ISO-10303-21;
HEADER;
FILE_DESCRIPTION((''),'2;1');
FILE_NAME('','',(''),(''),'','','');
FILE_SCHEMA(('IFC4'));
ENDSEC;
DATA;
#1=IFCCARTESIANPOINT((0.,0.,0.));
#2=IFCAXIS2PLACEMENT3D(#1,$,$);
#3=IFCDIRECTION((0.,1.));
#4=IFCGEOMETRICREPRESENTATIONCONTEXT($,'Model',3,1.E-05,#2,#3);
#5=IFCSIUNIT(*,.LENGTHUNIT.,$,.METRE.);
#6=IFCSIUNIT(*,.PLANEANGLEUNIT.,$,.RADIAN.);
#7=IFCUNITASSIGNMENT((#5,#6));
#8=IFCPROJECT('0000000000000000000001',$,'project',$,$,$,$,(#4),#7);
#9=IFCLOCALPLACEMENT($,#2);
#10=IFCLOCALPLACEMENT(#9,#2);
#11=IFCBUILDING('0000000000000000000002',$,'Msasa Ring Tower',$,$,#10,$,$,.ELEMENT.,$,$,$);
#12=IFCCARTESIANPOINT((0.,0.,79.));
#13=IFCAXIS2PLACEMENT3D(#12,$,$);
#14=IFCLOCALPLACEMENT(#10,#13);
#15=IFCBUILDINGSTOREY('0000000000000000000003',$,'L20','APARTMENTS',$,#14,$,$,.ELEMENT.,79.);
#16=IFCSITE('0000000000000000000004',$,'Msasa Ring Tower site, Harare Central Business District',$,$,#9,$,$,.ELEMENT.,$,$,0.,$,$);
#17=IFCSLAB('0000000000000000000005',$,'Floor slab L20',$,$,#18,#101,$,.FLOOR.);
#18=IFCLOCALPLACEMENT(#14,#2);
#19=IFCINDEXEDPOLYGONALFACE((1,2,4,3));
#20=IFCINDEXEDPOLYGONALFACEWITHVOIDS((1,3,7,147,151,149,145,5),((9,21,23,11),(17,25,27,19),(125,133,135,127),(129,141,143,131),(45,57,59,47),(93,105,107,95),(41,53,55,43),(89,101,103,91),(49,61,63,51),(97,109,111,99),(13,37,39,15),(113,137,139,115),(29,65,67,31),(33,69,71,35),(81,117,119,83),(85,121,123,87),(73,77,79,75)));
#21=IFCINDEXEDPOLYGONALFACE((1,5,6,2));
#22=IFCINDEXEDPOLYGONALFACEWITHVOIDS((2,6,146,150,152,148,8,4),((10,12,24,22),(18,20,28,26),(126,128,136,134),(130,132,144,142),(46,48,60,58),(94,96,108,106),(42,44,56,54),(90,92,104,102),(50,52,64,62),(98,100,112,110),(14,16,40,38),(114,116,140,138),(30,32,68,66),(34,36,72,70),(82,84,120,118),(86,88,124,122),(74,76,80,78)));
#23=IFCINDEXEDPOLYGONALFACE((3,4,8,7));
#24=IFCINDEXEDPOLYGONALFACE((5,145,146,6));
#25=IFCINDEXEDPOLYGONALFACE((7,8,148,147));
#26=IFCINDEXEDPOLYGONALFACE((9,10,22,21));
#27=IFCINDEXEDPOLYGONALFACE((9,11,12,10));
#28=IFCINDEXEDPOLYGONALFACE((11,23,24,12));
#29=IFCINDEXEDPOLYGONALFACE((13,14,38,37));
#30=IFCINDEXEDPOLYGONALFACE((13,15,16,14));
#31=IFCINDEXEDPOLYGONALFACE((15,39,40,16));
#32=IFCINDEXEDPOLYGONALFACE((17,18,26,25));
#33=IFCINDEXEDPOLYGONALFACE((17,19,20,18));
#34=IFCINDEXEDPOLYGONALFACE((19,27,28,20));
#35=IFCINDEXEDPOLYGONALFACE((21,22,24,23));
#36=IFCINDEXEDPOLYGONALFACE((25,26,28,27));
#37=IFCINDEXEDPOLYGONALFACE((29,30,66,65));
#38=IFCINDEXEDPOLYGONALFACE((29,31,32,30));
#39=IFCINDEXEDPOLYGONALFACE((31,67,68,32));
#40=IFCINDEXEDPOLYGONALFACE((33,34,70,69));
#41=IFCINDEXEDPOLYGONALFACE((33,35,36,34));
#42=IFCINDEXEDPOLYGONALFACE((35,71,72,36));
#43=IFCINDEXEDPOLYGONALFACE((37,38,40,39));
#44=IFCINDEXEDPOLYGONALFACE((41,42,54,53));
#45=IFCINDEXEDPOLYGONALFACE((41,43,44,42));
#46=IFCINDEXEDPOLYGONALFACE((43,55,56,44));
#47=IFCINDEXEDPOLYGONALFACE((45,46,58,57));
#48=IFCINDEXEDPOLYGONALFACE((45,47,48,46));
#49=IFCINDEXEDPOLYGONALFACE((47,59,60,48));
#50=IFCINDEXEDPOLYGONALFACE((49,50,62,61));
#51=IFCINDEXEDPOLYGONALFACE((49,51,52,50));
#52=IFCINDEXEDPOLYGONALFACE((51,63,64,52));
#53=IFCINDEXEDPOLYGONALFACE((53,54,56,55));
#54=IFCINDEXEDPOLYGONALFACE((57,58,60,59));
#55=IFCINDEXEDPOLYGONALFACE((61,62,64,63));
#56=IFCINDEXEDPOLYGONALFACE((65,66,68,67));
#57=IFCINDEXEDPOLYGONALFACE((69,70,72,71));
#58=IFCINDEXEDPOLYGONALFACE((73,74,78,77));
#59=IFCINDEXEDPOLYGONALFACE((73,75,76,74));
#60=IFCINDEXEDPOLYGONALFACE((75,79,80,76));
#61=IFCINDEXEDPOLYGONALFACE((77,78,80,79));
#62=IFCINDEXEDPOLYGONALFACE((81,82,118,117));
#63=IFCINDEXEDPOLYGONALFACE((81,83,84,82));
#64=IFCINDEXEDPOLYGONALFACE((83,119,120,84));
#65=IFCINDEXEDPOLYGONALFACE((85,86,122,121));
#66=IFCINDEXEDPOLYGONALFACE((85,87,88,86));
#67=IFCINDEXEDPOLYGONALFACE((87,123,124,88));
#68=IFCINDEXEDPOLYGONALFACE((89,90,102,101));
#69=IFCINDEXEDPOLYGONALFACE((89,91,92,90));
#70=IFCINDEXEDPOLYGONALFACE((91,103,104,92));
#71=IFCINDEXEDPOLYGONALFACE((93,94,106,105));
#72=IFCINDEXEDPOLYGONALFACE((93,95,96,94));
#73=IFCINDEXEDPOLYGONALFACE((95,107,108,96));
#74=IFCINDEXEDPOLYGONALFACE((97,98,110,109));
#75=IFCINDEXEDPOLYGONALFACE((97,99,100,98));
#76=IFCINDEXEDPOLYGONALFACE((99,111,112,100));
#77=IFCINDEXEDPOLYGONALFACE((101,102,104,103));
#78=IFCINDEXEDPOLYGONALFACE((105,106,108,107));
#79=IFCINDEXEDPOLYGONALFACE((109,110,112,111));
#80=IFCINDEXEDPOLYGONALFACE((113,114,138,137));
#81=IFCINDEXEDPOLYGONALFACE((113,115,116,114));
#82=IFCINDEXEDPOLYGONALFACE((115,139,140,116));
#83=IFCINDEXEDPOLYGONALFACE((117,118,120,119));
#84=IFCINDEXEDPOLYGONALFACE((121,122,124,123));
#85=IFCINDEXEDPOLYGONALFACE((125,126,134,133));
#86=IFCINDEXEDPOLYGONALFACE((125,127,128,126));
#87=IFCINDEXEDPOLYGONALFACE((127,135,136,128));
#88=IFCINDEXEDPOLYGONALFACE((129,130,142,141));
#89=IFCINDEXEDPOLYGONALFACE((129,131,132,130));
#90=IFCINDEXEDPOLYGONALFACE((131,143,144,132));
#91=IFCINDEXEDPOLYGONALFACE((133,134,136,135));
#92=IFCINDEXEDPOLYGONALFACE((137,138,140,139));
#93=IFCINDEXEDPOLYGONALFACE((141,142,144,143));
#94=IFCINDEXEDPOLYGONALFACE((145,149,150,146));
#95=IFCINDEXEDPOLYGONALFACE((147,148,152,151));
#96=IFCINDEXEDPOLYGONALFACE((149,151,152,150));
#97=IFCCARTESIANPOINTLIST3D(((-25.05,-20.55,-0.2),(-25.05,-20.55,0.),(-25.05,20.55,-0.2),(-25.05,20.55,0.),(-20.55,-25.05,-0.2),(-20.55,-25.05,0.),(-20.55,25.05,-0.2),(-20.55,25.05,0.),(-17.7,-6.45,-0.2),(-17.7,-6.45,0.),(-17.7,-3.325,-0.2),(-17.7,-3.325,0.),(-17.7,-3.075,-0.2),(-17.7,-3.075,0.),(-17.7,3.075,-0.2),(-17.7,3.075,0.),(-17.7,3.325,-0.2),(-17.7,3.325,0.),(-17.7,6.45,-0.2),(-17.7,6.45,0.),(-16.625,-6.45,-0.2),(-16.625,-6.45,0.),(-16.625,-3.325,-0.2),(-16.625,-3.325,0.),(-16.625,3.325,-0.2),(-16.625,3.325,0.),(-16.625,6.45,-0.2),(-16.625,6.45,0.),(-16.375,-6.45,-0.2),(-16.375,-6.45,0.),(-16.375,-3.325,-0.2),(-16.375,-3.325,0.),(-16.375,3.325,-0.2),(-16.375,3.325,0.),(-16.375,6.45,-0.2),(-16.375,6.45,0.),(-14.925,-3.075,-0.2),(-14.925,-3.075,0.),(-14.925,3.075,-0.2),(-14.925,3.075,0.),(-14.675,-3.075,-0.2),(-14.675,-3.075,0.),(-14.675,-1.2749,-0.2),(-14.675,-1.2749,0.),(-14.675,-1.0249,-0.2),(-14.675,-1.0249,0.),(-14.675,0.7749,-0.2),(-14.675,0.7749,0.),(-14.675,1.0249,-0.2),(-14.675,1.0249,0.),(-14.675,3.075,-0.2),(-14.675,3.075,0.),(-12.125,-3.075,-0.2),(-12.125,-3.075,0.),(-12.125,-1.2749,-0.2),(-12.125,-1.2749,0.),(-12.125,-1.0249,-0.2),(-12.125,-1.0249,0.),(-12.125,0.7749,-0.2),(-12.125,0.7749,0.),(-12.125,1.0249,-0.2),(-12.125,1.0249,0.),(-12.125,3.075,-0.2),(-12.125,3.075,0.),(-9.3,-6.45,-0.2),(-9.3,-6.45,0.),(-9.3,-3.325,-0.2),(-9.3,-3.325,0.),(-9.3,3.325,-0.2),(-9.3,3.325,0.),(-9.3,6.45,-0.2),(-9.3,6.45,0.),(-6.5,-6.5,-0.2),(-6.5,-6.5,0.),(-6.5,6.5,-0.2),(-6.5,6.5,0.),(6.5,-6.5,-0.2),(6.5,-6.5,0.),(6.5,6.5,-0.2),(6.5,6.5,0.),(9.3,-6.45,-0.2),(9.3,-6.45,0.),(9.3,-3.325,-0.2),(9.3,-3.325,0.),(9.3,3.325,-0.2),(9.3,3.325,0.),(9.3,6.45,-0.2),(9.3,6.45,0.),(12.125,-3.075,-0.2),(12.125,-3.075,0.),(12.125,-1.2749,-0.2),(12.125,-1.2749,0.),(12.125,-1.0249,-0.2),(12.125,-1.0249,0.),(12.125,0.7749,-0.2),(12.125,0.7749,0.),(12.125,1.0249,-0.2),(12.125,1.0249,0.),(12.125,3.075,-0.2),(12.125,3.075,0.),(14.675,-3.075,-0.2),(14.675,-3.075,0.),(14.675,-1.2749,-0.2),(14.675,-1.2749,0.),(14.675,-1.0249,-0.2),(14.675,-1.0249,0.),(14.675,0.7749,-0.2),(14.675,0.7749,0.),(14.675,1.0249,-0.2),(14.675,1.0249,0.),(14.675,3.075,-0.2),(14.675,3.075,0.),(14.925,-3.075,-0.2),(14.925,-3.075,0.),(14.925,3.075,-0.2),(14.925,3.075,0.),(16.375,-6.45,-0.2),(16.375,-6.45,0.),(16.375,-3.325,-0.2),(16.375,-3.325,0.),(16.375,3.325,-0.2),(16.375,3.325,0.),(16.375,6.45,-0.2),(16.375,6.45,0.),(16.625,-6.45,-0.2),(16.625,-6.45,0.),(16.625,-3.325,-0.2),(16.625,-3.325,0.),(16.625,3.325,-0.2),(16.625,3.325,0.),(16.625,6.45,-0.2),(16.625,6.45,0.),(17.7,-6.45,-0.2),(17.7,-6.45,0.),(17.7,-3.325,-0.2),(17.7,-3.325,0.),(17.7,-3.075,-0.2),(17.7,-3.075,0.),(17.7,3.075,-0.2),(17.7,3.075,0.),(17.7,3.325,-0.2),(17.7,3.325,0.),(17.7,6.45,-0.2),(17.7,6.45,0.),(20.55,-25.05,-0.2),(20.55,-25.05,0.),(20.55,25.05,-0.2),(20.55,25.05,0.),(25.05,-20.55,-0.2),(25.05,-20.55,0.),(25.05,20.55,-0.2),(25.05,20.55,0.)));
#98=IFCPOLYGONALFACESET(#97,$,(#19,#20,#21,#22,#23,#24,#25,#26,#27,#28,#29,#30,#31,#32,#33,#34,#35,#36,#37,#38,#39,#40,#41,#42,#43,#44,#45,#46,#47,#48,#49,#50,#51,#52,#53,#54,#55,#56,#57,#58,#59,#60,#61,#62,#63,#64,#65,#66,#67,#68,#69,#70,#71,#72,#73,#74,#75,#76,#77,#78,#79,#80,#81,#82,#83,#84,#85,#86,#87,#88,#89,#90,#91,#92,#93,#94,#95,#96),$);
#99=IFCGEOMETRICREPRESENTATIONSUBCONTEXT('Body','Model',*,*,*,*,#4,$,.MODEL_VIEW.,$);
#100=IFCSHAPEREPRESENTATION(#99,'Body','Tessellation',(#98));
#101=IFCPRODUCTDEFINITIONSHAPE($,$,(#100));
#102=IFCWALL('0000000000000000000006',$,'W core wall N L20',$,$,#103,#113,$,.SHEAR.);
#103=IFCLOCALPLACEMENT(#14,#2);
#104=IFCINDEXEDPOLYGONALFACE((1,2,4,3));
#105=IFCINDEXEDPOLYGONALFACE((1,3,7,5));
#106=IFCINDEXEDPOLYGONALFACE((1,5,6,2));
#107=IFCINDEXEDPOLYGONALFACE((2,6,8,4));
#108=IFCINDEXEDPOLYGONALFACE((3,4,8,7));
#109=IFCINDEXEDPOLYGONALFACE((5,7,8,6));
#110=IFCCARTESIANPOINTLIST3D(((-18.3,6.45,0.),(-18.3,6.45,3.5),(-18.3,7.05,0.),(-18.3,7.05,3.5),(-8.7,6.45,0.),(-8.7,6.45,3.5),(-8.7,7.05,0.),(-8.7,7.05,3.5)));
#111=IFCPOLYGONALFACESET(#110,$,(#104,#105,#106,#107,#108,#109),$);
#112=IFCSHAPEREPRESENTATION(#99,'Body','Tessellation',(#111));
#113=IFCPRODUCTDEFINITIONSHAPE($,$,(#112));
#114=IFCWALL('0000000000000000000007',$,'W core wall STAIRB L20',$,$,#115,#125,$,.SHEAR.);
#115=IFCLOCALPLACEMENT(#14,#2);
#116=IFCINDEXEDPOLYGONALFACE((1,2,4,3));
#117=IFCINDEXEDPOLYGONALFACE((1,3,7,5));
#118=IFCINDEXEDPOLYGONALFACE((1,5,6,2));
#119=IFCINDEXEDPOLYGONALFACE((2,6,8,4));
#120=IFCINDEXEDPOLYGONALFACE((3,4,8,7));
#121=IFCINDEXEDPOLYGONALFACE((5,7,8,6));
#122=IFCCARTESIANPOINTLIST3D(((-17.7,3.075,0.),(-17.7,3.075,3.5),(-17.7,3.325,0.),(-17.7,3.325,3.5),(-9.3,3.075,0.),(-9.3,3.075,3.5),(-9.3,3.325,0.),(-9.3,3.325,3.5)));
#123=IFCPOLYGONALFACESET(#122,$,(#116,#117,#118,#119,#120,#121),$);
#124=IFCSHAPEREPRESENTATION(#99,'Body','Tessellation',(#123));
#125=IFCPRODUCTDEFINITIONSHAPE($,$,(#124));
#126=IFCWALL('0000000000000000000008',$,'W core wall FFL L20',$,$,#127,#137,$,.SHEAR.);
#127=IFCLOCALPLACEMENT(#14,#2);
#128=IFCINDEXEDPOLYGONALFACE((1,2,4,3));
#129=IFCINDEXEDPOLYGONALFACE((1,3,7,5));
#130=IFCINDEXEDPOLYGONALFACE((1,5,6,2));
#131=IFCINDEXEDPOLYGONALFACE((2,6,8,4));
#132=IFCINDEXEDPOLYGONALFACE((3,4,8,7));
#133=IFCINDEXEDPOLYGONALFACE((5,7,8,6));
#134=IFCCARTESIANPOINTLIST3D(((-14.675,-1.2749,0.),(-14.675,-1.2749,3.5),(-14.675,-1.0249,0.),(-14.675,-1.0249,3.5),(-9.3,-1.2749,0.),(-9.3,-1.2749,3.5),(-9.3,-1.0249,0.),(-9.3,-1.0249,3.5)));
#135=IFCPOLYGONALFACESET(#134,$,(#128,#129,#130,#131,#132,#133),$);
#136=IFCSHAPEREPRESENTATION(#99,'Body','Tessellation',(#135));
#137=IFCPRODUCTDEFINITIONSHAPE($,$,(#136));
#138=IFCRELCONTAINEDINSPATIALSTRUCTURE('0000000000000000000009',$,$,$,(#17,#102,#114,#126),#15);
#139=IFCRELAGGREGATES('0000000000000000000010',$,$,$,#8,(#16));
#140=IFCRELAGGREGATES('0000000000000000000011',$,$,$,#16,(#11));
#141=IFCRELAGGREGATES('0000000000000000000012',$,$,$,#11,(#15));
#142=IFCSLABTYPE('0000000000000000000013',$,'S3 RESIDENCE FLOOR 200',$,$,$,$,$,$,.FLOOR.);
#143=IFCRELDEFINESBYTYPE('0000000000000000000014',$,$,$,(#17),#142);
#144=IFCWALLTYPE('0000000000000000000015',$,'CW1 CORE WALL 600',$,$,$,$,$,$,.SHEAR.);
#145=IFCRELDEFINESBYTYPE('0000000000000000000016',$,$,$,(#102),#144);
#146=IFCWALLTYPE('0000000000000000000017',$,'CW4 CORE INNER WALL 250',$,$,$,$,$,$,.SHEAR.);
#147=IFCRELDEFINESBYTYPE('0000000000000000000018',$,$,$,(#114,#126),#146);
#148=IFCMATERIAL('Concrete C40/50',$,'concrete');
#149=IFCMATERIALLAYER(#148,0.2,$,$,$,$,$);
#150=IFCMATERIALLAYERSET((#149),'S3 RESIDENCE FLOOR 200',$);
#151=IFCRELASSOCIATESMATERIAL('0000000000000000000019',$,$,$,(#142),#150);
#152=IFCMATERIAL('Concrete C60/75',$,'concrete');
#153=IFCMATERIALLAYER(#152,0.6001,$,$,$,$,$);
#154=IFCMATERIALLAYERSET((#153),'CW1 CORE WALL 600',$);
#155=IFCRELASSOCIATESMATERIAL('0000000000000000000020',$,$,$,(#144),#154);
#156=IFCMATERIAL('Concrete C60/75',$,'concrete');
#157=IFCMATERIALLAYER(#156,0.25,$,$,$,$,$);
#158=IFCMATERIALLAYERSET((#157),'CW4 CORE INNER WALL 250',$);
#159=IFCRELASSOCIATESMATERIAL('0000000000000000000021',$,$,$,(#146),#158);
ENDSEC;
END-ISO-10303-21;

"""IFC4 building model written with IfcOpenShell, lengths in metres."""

from ifc_helpers import new_model, si_unit, direction, frame, frame_2d, origin, place, context, subcontext, project, spatial, polyline, rectangle, outline, extrude, material, layer, layer_set, type_object, element, save


model = new_model("IFC4")

# Units and contexts
model_context = context("Model", 3, precision=1e-05, world=origin(), true_north=direction((0.0, 1.0)))
body_context = subcontext(model_context, "Body", "Model", "MODEL_VIEW")
ifc_project = project(units=[si_unit("LENGTHUNIT", "METRE"), si_unit("PLANEANGLEUNIT", "RADIAN")], contexts=[model_context])

# Site, building, storey
site_placement = place(None, origin())
site = spatial("IfcSite", under=ifc_project, at=site_placement, Name="Msasa Ring Tower site, Harare Central Business District", CompositionType="ELEMENT", RefElevation=0.0)
building_placement = place(site_placement, origin())
building = spatial("IfcBuilding", under=site, at=building_placement, Name="Msasa Ring Tower", CompositionType="ELEMENT")
storey_placement = place(building_placement, frame((0.0, 0.0, 79.0)))
storey = spatial("IfcBuildingStorey", under=building, at=storey_placement, Name="L20", Description="APARTMENTS", CompositionType="ELEMENT", Elevation=79.0)

# Slab
ifc_material_1 = material(Name="Concrete C40/50", Category="concrete")
ifc_layer_1 = layer(ifc_material_1, 0.2)
ifc_layer_set_1 = layer_set([ifc_layer_1], Name="S3 RESIDENCE FLOOR 200")
slab_type = type_object("IfcSlabType", Name="S3 RESIDENCE FLOOR 200", PredefinedType="FLOOR", material=ifc_layer_set_1)
slab_placement = place(storey_placement, frame((0.0, 0.0, -0.2)))
element("IfcSlab", 1, at=slab_placement, inside=storey, type_object=slab_type, Name="Floor slab L20", PredefinedType="FLOOR", context=body_context, shape_type="SweptSolid", body=[
    extrude(outline(polyline([(-20.55, -25.05), (20.55, -25.05), (25.05, -20.55), (25.05, 20.55), (20.55, 25.05), (-20.55, 25.05), (-25.05, 20.55), (-25.05, -20.55), (-20.55, -25.05)]), holes=[polyline([(-6.5, -6.5), (6.5, -6.5), (6.5, 6.5), (-6.5, 6.5), (-6.5, -6.5)]), polyline([(9.3, -6.45), (16.375, -6.45), (16.375, -3.325), (9.3, -3.325), (9.3, -6.45)]), polyline([(9.3, 3.325), (16.375, 3.325), (16.375, 6.45), (9.3, 6.45), (9.3, 3.325)]), polyline([(12.125, -3.075), (14.675, -3.075), (14.675, -1.2749), (12.125, -1.2749), (12.125, -3.075)]), polyline([(12.125, -1.0249), (14.675, -1.0249), (14.675, 0.7749), (12.125, 0.7749), (12.125, -1.0249)]), polyline([(12.125, 1.0249), (14.675, 1.0249), (14.675, 3.075), (12.125, 3.075), (12.125, 1.0249)]), polyline([(16.625, -6.45), (17.7, -6.45), (17.7, -3.325), (16.625, -3.325), (16.625, -6.45)]), polyline([(16.625, 3.325), (17.7, 3.325), (17.7, 6.45), (16.625, 6.45), (16.625, 3.325)]), polyline([(14.925, -3.075), (17.7, -3.075), (17.7, 3.075), (14.925, 3.075), (14.925, -3.075)]), polyline([(-16.375, -6.45), (-9.3, -6.45), (-9.3, -3.325), (-16.375, -3.325), (-16.375, -6.45)]), polyline([(-16.375, 3.325), (-9.3, 3.325), (-9.3, 6.45), (-16.375, 6.45), (-16.375, 3.325)]), polyline([(-14.675, -3.075), (-12.125, -3.075), (-12.125, -1.2749), (-14.675, -1.2749), (-14.675, -3.075)]), polyline([(-14.675, -1.0249), (-12.125, -1.0249), (-12.125, 0.7749), (-14.675, 0.7749), (-14.675, -1.0249)]), polyline([(-14.675, 1.0249), (-12.125, 1.0249), (-12.125, 3.075), (-14.675, 3.075), (-14.675, 1.0249)]), polyline([(-17.7, -6.45), (-16.625, -6.45), (-16.625, -3.325), (-17.7, -3.325), (-17.7, -6.45)]), polyline([(-17.7, 3.325), (-16.625, 3.325), (-16.625, 6.45), (-17.7, 6.45), (-17.7, 3.325)]), polyline([(-17.7, -3.075), (-14.925, -3.075), (-14.925, 3.075), (-17.7, 3.075), (-17.7, -3.075)])]), origin(), (0.0, 0.0, 1.0), 0.2),
])

# Walls
ifc_material_2 = material(Name="Concrete C60/75", Category="concrete")
ifc_layer_2 = layer(ifc_material_2, 0.6001)
ifc_layer_set_2 = layer_set([ifc_layer_2], Name="CW1 CORE WALL 600")
wall_type_1 = type_object("IfcWallType", Name="CW1 CORE WALL 600", PredefinedType="SHEAR", material=ifc_layer_set_2)
wall_1_placement = place(storey_placement, frame((-8.7, 6.75, 0.0), z_axis=(0.0, 0.0, 1.0), x_axis=(-1.0, 0.0, 0.0)))
element("IfcWall", 2, at=wall_1_placement, inside=storey, type_object=wall_type_1, Name="W core wall N L20", PredefinedType="SHEAR", context=body_context, shape_type="SweptSolid", body=[
    extrude(rectangle(XDim=9.6001, YDim=0.6001, at=frame_2d((4.8, 0.0))), origin(), (0.0, 0.0, 1.0), 3.5),
])
ifc_material_3 = material(Name="Concrete C60/75", Category="concrete")
ifc_layer_3 = layer(ifc_material_3, 0.25)
ifc_layer_set_3 = layer_set([ifc_layer_3], Name="CW4 CORE INNER WALL 250")
wall_type_2 = type_object("IfcWallType", Name="CW4 CORE INNER WALL 250", PredefinedType="SHEAR", material=ifc_layer_set_3)
wall_2_placement = place(storey_placement, frame((-9.3, 3.2, 0.0), z_axis=(0.0, 0.0, 1.0), x_axis=(-1.0, 0.0, 0.0)))
element("IfcWall", 3, at=wall_2_placement, inside=storey, type_object=wall_type_2, Name="W core wall STAIRB L20", PredefinedType="SHEAR", context=body_context, shape_type="SweptSolid", body=[
    extrude(rectangle(XDim=8.3999, YDim=0.25, at=frame_2d((4.2, 0.0))), origin(), (0.0, 0.0, 1.0), 3.5),
])
wall_3_placement = place(storey_placement, frame((-9.3, -1.1499, 0.0), z_axis=(0.0, 0.0, 1.0), x_axis=(-1.0, 0.0, 0.0)))
element("IfcWall", 4, at=wall_3_placement, inside=storey, type_object=wall_type_2, Name="W core wall FFL L20", PredefinedType="SHEAR", context=body_context, shape_type="SweptSolid", body=[
    extrude(rectangle(XDim=5.375, YDim=0.25, at=frame_2d((2.6875, 0.0))), origin(), (0.0, 0.0, 1.0), 3.5),
])

save(model, "model.ifc")
